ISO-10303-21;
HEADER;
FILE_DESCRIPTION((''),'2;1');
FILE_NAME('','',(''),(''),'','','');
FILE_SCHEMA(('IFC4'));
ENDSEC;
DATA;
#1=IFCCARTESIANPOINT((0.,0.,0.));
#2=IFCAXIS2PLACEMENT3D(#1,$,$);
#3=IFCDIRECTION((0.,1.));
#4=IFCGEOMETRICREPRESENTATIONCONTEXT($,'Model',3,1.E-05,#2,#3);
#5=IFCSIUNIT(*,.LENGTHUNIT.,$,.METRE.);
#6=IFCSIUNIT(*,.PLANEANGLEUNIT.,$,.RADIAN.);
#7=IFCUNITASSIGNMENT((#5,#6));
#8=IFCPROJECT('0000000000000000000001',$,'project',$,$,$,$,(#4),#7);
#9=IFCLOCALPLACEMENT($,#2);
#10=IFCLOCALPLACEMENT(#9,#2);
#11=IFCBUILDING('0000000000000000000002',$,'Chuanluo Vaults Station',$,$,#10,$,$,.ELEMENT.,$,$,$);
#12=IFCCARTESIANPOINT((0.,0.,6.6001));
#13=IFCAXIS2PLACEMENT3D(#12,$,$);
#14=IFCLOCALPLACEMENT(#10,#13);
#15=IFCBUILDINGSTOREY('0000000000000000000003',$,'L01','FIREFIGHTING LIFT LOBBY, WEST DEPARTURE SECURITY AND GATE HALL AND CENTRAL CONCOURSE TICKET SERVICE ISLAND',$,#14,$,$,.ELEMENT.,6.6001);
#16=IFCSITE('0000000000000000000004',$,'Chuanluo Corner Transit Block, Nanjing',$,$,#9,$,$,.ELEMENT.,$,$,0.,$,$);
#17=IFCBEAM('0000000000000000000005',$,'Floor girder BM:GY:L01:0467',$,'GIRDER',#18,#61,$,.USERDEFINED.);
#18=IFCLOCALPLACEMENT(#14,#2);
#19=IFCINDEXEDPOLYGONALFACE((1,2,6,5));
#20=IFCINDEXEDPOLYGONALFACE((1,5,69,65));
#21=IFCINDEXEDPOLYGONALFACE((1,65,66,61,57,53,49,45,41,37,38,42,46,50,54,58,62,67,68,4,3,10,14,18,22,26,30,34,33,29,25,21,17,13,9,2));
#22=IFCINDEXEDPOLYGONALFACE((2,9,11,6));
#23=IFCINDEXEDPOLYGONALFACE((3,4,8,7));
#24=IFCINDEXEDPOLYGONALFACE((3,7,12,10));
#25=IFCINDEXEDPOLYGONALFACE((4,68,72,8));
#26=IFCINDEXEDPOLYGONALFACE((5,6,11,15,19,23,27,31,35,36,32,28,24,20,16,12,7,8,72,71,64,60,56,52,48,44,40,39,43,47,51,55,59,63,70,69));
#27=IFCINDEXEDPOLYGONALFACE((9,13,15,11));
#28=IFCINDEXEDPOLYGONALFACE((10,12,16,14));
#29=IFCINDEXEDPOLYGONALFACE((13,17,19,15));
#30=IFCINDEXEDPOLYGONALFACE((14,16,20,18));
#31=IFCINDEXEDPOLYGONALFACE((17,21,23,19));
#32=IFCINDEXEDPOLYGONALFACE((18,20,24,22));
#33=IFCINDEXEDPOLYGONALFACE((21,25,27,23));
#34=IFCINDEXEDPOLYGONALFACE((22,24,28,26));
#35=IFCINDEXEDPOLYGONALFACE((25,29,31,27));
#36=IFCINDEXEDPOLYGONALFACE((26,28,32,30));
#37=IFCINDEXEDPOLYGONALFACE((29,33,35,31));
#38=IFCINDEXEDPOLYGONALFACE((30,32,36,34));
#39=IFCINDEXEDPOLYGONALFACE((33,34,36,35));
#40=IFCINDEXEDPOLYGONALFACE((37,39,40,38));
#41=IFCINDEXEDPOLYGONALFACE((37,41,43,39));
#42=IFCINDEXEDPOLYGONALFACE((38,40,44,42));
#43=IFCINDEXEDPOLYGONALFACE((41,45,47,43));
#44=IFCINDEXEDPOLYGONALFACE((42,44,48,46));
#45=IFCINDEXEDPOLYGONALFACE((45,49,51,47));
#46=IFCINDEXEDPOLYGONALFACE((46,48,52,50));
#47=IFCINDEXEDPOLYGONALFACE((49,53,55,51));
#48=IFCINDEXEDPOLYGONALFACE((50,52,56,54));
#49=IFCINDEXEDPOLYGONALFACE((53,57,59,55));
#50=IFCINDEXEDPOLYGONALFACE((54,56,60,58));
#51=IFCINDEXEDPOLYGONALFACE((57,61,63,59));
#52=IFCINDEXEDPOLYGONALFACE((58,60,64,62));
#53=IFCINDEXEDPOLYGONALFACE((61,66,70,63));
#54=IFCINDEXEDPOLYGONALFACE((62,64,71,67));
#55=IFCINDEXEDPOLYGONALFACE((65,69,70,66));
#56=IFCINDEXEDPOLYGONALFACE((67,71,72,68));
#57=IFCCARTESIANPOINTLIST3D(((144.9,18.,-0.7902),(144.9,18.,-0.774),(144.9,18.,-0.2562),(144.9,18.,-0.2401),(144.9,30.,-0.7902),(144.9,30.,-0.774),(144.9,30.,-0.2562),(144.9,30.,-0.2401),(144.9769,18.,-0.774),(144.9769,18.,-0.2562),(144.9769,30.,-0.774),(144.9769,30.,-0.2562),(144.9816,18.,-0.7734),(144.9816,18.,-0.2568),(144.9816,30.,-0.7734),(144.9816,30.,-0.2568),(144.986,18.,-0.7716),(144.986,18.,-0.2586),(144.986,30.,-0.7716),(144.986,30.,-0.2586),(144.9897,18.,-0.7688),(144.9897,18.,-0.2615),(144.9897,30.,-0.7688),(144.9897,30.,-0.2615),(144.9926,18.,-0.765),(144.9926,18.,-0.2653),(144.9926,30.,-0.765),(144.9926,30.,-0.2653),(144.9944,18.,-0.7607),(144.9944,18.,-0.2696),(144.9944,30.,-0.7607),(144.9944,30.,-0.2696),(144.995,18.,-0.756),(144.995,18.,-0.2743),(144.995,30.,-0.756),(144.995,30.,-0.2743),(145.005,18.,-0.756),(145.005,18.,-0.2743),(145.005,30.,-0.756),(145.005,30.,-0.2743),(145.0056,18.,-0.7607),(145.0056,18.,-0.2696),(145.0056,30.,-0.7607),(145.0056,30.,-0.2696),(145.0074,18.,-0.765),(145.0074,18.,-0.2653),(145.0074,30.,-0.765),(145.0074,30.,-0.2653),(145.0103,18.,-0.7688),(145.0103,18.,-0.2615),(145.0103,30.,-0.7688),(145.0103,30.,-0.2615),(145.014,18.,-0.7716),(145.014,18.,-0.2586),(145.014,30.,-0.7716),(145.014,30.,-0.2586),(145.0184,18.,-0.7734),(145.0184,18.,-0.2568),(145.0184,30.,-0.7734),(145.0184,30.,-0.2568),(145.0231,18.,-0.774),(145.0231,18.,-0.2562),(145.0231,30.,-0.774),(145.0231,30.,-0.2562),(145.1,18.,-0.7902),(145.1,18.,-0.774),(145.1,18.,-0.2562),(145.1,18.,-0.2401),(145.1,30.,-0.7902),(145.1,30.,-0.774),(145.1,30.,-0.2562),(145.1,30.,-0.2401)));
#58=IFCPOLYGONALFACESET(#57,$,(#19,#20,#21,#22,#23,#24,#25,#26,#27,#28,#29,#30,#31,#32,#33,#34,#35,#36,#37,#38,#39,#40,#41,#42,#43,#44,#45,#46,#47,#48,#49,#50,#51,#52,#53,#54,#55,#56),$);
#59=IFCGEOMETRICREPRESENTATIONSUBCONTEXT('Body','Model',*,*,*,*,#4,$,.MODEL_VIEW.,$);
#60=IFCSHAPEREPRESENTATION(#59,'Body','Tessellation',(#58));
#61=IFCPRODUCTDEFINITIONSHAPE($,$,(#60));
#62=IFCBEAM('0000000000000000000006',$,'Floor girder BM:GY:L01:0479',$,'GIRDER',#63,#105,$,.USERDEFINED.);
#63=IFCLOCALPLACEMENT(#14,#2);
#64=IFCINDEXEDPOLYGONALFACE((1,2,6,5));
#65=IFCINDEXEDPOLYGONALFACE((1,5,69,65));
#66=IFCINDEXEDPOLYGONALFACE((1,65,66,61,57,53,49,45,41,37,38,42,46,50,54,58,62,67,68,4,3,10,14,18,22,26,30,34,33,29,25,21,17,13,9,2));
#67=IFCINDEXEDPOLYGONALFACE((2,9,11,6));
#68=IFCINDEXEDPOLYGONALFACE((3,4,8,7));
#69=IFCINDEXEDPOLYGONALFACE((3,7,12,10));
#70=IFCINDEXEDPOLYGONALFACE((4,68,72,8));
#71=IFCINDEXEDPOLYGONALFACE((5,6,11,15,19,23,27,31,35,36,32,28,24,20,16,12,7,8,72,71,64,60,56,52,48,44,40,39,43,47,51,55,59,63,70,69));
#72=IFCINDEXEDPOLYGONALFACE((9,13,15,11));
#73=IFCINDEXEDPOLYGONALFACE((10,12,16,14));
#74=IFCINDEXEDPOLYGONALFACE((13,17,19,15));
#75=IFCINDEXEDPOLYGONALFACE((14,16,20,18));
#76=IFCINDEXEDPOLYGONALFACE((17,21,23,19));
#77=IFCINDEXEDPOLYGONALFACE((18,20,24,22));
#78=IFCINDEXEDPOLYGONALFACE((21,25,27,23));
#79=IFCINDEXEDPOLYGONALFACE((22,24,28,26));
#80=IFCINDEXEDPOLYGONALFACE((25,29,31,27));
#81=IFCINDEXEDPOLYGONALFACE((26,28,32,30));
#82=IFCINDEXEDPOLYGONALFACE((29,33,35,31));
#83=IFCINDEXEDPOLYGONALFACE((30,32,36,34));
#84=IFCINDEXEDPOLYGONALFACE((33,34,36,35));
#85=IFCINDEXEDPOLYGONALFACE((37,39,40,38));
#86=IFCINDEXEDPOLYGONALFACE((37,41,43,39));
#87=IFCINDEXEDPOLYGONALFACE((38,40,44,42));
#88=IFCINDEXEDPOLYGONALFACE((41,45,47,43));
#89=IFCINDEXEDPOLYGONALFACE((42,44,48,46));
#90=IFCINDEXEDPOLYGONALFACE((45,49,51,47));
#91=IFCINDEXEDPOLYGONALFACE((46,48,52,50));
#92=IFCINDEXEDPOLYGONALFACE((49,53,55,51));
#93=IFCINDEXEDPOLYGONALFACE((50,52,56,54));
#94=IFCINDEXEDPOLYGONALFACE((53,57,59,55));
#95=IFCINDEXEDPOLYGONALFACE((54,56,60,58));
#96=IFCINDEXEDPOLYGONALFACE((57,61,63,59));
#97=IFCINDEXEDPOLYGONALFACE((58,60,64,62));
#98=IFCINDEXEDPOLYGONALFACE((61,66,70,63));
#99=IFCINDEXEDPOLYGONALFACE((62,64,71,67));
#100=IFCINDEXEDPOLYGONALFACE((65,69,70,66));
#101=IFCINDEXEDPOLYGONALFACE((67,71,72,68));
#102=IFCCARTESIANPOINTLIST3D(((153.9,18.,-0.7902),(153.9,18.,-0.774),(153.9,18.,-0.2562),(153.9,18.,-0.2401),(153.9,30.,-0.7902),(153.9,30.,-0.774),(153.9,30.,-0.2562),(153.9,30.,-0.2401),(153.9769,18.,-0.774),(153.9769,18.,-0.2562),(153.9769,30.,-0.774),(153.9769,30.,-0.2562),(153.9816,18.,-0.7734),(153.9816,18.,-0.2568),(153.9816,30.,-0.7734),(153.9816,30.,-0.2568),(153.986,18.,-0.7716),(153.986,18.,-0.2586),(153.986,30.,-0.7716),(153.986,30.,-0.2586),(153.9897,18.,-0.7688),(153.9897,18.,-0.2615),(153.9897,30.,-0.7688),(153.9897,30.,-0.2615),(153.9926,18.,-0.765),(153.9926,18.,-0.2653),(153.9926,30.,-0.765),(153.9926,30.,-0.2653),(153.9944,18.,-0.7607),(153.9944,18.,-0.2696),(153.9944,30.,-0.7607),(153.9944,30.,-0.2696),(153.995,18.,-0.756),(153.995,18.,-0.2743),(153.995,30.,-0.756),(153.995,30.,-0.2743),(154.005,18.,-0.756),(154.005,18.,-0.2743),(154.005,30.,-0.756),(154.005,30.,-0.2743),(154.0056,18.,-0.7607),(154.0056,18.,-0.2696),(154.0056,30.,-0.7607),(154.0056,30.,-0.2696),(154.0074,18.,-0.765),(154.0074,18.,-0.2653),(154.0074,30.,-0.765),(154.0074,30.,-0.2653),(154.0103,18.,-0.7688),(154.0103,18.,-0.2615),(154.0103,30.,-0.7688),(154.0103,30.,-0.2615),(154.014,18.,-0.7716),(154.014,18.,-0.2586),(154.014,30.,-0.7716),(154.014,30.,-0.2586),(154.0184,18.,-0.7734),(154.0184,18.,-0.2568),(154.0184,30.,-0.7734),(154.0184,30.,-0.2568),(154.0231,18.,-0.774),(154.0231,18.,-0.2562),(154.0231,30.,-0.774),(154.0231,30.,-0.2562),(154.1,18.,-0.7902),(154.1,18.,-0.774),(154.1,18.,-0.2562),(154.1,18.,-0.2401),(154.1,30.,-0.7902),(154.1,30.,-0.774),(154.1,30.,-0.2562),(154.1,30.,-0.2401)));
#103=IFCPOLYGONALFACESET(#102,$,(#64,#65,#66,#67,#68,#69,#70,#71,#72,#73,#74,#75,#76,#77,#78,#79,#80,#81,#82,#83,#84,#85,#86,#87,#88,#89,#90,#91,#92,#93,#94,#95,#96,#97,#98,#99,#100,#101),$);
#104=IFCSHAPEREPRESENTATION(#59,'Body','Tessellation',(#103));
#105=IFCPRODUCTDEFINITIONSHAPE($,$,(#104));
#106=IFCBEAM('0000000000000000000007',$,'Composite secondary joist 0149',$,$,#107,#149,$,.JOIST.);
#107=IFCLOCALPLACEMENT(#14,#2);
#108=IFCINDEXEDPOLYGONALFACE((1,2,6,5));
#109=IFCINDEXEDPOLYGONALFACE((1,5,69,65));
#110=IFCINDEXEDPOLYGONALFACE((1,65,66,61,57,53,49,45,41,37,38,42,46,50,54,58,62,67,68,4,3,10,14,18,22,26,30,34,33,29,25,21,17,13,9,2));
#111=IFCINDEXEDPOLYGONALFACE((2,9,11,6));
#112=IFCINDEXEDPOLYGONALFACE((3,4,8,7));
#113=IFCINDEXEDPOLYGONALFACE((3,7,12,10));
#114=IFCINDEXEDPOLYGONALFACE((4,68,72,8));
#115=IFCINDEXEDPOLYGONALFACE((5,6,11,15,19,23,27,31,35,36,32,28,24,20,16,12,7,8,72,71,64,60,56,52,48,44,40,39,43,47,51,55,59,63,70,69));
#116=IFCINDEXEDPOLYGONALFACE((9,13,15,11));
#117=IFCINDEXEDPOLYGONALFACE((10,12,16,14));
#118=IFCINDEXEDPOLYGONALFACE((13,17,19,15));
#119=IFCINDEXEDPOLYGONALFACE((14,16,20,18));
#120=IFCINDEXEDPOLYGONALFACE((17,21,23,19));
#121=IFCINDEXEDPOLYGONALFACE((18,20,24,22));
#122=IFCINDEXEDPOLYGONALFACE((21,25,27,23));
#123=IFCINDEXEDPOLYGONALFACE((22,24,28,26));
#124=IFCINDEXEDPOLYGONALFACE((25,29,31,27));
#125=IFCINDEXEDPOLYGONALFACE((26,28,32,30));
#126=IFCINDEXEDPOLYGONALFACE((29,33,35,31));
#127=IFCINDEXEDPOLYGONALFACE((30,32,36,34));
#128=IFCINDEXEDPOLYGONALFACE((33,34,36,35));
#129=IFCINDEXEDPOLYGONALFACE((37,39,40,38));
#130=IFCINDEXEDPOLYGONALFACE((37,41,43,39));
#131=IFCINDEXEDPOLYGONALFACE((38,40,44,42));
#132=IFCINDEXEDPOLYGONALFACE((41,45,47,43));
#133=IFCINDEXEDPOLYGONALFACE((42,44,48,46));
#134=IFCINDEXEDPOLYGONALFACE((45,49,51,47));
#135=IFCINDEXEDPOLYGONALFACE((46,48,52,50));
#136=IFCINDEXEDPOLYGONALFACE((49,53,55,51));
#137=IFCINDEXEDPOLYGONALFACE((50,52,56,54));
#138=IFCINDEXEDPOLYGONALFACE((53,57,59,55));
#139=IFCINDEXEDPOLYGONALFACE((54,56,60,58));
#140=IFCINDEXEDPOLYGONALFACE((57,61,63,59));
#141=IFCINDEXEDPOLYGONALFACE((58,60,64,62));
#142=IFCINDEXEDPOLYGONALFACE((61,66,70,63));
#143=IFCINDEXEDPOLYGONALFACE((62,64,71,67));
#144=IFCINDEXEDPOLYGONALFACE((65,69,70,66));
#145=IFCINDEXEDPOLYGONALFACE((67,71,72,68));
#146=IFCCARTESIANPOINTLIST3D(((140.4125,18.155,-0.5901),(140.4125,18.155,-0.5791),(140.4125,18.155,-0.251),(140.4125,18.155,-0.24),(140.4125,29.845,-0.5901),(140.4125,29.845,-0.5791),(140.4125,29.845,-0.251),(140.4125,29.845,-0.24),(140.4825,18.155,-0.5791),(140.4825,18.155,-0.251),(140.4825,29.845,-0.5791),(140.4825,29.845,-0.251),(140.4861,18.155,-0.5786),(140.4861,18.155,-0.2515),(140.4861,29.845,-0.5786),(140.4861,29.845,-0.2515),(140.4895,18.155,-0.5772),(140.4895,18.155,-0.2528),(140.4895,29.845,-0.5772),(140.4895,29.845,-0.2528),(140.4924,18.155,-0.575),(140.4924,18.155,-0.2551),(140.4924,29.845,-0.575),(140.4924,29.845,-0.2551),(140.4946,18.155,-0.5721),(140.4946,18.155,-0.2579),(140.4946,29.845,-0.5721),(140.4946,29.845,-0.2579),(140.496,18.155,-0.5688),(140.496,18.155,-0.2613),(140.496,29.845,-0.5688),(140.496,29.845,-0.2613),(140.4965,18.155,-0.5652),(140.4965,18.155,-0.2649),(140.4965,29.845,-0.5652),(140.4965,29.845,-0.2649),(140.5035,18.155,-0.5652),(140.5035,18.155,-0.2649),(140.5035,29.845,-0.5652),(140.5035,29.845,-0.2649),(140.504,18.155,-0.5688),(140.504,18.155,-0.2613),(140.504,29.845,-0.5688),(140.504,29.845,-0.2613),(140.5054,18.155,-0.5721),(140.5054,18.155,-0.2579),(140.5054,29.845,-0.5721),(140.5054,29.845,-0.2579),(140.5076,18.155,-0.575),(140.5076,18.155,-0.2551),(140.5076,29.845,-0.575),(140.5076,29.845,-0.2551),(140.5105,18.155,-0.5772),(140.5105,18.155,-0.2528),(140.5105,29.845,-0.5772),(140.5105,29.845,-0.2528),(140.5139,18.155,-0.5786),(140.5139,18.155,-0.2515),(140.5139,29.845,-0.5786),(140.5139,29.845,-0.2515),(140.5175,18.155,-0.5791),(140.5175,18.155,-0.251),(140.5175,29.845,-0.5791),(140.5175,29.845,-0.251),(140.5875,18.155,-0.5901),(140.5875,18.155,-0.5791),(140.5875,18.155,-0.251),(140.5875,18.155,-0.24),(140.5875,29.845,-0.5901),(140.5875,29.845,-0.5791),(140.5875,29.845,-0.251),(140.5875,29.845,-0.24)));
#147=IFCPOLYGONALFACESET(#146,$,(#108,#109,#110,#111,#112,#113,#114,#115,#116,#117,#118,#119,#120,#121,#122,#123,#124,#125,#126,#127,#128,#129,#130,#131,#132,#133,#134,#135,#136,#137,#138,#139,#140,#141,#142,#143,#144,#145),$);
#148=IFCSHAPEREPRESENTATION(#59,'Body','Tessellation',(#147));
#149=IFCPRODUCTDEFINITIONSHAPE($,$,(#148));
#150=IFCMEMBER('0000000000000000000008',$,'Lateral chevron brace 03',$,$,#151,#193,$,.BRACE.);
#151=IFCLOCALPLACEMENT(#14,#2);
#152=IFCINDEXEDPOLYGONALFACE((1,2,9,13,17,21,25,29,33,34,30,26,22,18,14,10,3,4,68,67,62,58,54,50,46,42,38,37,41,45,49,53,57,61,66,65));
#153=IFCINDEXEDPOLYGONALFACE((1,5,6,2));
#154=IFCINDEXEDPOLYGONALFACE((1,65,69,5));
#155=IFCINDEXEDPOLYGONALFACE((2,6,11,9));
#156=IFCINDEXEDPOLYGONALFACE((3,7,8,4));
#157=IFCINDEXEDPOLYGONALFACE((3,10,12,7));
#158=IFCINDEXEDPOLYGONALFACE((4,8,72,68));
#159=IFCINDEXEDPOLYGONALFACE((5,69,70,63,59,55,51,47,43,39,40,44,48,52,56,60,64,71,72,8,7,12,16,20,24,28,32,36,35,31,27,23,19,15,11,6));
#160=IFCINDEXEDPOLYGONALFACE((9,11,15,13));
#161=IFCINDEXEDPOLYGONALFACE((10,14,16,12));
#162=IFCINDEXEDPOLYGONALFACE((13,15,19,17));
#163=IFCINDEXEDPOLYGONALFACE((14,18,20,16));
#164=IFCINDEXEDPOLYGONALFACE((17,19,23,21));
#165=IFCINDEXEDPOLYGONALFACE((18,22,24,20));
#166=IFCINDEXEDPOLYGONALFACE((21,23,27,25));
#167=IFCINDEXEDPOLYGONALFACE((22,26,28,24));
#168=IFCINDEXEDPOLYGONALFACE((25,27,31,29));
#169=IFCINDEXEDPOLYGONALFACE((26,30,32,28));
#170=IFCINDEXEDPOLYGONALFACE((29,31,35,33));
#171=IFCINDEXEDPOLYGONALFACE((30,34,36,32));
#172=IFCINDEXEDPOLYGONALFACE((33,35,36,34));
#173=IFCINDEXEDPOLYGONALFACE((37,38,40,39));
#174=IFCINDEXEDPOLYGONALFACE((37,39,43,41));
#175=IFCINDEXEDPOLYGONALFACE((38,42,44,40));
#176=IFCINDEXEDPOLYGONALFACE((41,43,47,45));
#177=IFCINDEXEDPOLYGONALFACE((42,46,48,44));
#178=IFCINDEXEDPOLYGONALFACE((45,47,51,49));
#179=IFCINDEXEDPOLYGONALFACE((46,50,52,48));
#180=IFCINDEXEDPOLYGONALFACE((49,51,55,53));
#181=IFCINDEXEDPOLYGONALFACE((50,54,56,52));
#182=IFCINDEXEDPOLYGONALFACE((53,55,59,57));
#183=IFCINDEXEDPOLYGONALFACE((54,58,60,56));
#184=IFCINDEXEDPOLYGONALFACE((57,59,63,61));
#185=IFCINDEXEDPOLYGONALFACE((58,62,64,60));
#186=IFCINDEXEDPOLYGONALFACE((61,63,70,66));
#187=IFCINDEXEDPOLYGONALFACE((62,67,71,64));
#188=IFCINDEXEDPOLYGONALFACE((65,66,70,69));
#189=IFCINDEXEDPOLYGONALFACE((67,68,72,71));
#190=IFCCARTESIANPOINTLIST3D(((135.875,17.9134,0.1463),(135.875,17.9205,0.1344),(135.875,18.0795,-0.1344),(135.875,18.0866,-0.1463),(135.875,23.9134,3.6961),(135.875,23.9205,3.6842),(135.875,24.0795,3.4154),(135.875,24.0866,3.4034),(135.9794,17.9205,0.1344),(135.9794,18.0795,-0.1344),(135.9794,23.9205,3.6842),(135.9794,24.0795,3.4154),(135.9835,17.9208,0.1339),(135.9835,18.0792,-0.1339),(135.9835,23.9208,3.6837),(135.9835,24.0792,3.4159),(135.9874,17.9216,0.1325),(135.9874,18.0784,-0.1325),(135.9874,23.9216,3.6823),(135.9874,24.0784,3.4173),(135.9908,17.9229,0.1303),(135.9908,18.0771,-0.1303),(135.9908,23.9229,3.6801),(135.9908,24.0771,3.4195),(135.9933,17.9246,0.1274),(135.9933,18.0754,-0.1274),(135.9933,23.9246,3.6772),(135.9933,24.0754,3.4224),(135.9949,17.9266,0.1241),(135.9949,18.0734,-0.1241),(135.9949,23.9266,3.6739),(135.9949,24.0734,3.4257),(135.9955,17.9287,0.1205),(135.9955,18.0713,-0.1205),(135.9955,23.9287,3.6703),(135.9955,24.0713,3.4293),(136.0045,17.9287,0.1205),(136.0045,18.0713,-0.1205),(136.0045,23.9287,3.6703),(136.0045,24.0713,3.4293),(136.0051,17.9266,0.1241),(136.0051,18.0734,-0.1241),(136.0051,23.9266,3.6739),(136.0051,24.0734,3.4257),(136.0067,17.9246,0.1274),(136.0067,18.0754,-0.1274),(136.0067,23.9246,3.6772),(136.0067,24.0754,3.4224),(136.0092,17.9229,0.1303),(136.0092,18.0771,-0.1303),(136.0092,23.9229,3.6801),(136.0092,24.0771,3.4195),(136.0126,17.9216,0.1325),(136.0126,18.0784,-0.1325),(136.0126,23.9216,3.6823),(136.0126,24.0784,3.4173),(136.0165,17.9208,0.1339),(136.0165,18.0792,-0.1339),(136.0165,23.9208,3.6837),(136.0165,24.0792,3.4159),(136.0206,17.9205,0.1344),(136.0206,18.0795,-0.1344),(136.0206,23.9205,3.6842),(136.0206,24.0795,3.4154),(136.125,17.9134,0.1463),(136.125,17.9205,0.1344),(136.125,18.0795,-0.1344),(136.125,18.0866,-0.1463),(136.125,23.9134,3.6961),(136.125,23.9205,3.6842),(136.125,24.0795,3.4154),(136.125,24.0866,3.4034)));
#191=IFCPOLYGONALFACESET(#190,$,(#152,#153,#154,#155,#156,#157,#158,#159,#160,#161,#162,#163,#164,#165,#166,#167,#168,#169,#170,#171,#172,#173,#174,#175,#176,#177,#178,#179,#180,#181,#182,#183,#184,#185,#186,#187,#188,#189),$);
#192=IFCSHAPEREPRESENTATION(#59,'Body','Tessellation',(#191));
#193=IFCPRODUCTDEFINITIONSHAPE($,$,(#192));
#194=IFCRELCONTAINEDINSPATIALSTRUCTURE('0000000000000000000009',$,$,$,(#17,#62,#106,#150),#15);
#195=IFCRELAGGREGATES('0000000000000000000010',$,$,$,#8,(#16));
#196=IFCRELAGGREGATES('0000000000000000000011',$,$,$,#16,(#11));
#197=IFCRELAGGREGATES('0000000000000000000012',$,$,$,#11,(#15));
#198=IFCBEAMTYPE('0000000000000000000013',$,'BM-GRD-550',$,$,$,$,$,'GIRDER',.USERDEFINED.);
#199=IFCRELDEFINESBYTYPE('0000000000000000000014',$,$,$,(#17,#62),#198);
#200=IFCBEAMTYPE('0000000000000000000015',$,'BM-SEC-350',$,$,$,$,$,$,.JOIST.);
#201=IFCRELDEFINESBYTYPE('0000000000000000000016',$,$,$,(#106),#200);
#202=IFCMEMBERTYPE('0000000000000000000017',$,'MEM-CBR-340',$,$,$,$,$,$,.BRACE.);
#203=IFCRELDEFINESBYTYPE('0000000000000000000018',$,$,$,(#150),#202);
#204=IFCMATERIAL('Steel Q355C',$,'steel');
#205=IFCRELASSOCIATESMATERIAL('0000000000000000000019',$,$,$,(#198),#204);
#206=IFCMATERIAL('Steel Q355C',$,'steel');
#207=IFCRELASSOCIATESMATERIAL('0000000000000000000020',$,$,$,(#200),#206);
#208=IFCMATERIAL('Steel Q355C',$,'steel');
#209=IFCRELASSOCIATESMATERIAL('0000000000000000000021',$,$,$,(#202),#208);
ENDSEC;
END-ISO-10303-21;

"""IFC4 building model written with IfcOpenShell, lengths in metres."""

from ifc_helpers import new_model, si_unit, direction, frame, origin, origin_2d, place, context, subcontext, project, spatial, i_section, extrude, material, material_profile, profile_set, type_object, element, save


model = new_model("IFC4")

# Units and contexts
model_context = context("Model", 3, precision=1e-05, world=origin(), true_north=direction((0.0, 1.0)))
body_context = subcontext(model_context, "Body", "Model", "MODEL_VIEW")
ifc_project = project(units=[si_unit("LENGTHUNIT", "METRE"), si_unit("PLANEANGLEUNIT", "RADIAN")], contexts=[model_context])

# Site, building, storey
site_placement = place(None, origin())
site = spatial("IfcSite", under=ifc_project, at=site_placement, Name="Chuanluo Corner Transit Block, Nanjing", CompositionType="ELEMENT", RefElevation=0.0)
building_placement = place(site_placement, origin())
building = spatial("IfcBuilding", under=site, at=building_placement, Name="Chuanluo Vaults Station", CompositionType="ELEMENT")
storey_placement = place(building_placement, frame((0.0, 0.0, 6.6001)))
storey = spatial("IfcBuildingStorey", under=building, at=storey_placement, Name="L01", Description="FIREFIGHTING LIFT LOBBY, WEST DEPARTURE SECURITY AND GATE HALL AND CENTRAL CONCOURSE TICKET SERVICE ISLAND", CompositionType="ELEMENT", Elevation=6.6001)

# Beams
ifc_material_1 = material(Name="Steel Q355C", Category="steel")
ifc_material_profile_1 = material_profile(ifc_material_1, i_section(OverallWidth=0.2, OverallDepth=0.55, WebThickness=0.01, FlangeThickness=0.0161, FilletRadius=0.0181, at=origin_2d()))
ifc_profile_set_1 = profile_set([ifc_material_profile_1], Name="Steel Q355C")
beam_type_1 = type_object("IfcBeamType", Name="BM-GRD-550", ElementType="GIRDER", PredefinedType="USERDEFINED", material=ifc_profile_set_1)
for number, where, z_axis, x_axis, name in (
    (1, (145.0, 18.0, -0.5151), (0.0, 1.0, 0.0), (-1.0, 0.0, 0.0), "Floor girder BM:GY:L01:0467"),
    (2, (154.0, 18.0, -0.5151), (0.0, 1.0, 0.0), (-1.0, 0.0, 0.0), "Floor girder BM:GY:L01:0479"),
):
    element("IfcBeam", number, at=place(storey_placement, frame(where, z_axis=z_axis, x_axis=x_axis)), inside=storey, type_object=beam_type_1, Name=name, ObjectType="GIRDER", PredefinedType="USERDEFINED", context=body_context, shape_type="SweptSolid", body=[
        extrude(i_section(OverallWidth=0.2, OverallDepth=0.55, WebThickness=0.01, FlangeThickness=0.0161, FilletRadius=0.0181, at=origin_2d()), origin(), (0.0, 0.0, 1.0), 12.0),
    ])
ifc_material_2 = material(Name="Steel Q355C", Category="steel")
ifc_material_profile_2 = material_profile(ifc_material_2, i_section(OverallWidth=0.175, OverallDepth=0.3501, WebThickness=0.0071, FlangeThickness=0.011, FilletRadius=0.0139, at=origin_2d()))
ifc_profile_set_2 = profile_set([ifc_material_profile_2], Name="Steel Q355C")
beam_type_2 = type_object("IfcBeamType", Name="BM-SEC-350", PredefinedType="JOIST", material=ifc_profile_set_2)
beam_placement = place(storey_placement, frame((140.5, 18.155, -0.415), z_axis=(0.0, 1.0, 0.0), x_axis=(-1.0, 0.0, 0.0)))
element("IfcBeam", 3, at=beam_placement, inside=storey, type_object=beam_type_2, Name="Composite secondary joist 0149", PredefinedType="JOIST", context=body_context, shape_type="SweptSolid", body=[
    extrude(i_section(OverallWidth=0.175, OverallDepth=0.3501, WebThickness=0.0071, FlangeThickness=0.011, FilletRadius=0.0139, at=origin_2d()), origin(), (0.0, 0.0, 1.0), 11.6899),
])

# Member
ifc_material_3 = material(Name="Steel Q355C", Category="steel")
ifc_material_profile_3 = material_profile(ifc_material_3, i_section(OverallWidth=0.25, OverallDepth=0.3401, WebThickness=0.009, FlangeThickness=0.0139, FilletRadius=0.0161, at=origin_2d()))
ifc_profile_set_3 = profile_set([ifc_material_profile_3], Name="Steel Q355C")
member_type = type_object("IfcMemberType", Name="MEM-CBR-340", PredefinedType="BRACE", material=ifc_profile_set_3)
member_placement = place(storey_placement, frame((136.0, 18.0, 0.0), z_axis=(0.0, 0.860653, 0.509192), x_axis=(-1.0, 0.0, 0.0)))
element("IfcMember", 4, at=member_placement, inside=storey, type_object=member_type, Name="Lateral chevron brace 03", PredefinedType="BRACE", context=body_context, shape_type="SweptSolid", body=[
    extrude(i_section(OverallWidth=0.25, OverallDepth=0.3401, WebThickness=0.009, FlangeThickness=0.0139, FilletRadius=0.0161, at=origin_2d()), origin(), (0.0, 0.0, 1.0), 6.9714),
])

save(model, "model.ifc")
